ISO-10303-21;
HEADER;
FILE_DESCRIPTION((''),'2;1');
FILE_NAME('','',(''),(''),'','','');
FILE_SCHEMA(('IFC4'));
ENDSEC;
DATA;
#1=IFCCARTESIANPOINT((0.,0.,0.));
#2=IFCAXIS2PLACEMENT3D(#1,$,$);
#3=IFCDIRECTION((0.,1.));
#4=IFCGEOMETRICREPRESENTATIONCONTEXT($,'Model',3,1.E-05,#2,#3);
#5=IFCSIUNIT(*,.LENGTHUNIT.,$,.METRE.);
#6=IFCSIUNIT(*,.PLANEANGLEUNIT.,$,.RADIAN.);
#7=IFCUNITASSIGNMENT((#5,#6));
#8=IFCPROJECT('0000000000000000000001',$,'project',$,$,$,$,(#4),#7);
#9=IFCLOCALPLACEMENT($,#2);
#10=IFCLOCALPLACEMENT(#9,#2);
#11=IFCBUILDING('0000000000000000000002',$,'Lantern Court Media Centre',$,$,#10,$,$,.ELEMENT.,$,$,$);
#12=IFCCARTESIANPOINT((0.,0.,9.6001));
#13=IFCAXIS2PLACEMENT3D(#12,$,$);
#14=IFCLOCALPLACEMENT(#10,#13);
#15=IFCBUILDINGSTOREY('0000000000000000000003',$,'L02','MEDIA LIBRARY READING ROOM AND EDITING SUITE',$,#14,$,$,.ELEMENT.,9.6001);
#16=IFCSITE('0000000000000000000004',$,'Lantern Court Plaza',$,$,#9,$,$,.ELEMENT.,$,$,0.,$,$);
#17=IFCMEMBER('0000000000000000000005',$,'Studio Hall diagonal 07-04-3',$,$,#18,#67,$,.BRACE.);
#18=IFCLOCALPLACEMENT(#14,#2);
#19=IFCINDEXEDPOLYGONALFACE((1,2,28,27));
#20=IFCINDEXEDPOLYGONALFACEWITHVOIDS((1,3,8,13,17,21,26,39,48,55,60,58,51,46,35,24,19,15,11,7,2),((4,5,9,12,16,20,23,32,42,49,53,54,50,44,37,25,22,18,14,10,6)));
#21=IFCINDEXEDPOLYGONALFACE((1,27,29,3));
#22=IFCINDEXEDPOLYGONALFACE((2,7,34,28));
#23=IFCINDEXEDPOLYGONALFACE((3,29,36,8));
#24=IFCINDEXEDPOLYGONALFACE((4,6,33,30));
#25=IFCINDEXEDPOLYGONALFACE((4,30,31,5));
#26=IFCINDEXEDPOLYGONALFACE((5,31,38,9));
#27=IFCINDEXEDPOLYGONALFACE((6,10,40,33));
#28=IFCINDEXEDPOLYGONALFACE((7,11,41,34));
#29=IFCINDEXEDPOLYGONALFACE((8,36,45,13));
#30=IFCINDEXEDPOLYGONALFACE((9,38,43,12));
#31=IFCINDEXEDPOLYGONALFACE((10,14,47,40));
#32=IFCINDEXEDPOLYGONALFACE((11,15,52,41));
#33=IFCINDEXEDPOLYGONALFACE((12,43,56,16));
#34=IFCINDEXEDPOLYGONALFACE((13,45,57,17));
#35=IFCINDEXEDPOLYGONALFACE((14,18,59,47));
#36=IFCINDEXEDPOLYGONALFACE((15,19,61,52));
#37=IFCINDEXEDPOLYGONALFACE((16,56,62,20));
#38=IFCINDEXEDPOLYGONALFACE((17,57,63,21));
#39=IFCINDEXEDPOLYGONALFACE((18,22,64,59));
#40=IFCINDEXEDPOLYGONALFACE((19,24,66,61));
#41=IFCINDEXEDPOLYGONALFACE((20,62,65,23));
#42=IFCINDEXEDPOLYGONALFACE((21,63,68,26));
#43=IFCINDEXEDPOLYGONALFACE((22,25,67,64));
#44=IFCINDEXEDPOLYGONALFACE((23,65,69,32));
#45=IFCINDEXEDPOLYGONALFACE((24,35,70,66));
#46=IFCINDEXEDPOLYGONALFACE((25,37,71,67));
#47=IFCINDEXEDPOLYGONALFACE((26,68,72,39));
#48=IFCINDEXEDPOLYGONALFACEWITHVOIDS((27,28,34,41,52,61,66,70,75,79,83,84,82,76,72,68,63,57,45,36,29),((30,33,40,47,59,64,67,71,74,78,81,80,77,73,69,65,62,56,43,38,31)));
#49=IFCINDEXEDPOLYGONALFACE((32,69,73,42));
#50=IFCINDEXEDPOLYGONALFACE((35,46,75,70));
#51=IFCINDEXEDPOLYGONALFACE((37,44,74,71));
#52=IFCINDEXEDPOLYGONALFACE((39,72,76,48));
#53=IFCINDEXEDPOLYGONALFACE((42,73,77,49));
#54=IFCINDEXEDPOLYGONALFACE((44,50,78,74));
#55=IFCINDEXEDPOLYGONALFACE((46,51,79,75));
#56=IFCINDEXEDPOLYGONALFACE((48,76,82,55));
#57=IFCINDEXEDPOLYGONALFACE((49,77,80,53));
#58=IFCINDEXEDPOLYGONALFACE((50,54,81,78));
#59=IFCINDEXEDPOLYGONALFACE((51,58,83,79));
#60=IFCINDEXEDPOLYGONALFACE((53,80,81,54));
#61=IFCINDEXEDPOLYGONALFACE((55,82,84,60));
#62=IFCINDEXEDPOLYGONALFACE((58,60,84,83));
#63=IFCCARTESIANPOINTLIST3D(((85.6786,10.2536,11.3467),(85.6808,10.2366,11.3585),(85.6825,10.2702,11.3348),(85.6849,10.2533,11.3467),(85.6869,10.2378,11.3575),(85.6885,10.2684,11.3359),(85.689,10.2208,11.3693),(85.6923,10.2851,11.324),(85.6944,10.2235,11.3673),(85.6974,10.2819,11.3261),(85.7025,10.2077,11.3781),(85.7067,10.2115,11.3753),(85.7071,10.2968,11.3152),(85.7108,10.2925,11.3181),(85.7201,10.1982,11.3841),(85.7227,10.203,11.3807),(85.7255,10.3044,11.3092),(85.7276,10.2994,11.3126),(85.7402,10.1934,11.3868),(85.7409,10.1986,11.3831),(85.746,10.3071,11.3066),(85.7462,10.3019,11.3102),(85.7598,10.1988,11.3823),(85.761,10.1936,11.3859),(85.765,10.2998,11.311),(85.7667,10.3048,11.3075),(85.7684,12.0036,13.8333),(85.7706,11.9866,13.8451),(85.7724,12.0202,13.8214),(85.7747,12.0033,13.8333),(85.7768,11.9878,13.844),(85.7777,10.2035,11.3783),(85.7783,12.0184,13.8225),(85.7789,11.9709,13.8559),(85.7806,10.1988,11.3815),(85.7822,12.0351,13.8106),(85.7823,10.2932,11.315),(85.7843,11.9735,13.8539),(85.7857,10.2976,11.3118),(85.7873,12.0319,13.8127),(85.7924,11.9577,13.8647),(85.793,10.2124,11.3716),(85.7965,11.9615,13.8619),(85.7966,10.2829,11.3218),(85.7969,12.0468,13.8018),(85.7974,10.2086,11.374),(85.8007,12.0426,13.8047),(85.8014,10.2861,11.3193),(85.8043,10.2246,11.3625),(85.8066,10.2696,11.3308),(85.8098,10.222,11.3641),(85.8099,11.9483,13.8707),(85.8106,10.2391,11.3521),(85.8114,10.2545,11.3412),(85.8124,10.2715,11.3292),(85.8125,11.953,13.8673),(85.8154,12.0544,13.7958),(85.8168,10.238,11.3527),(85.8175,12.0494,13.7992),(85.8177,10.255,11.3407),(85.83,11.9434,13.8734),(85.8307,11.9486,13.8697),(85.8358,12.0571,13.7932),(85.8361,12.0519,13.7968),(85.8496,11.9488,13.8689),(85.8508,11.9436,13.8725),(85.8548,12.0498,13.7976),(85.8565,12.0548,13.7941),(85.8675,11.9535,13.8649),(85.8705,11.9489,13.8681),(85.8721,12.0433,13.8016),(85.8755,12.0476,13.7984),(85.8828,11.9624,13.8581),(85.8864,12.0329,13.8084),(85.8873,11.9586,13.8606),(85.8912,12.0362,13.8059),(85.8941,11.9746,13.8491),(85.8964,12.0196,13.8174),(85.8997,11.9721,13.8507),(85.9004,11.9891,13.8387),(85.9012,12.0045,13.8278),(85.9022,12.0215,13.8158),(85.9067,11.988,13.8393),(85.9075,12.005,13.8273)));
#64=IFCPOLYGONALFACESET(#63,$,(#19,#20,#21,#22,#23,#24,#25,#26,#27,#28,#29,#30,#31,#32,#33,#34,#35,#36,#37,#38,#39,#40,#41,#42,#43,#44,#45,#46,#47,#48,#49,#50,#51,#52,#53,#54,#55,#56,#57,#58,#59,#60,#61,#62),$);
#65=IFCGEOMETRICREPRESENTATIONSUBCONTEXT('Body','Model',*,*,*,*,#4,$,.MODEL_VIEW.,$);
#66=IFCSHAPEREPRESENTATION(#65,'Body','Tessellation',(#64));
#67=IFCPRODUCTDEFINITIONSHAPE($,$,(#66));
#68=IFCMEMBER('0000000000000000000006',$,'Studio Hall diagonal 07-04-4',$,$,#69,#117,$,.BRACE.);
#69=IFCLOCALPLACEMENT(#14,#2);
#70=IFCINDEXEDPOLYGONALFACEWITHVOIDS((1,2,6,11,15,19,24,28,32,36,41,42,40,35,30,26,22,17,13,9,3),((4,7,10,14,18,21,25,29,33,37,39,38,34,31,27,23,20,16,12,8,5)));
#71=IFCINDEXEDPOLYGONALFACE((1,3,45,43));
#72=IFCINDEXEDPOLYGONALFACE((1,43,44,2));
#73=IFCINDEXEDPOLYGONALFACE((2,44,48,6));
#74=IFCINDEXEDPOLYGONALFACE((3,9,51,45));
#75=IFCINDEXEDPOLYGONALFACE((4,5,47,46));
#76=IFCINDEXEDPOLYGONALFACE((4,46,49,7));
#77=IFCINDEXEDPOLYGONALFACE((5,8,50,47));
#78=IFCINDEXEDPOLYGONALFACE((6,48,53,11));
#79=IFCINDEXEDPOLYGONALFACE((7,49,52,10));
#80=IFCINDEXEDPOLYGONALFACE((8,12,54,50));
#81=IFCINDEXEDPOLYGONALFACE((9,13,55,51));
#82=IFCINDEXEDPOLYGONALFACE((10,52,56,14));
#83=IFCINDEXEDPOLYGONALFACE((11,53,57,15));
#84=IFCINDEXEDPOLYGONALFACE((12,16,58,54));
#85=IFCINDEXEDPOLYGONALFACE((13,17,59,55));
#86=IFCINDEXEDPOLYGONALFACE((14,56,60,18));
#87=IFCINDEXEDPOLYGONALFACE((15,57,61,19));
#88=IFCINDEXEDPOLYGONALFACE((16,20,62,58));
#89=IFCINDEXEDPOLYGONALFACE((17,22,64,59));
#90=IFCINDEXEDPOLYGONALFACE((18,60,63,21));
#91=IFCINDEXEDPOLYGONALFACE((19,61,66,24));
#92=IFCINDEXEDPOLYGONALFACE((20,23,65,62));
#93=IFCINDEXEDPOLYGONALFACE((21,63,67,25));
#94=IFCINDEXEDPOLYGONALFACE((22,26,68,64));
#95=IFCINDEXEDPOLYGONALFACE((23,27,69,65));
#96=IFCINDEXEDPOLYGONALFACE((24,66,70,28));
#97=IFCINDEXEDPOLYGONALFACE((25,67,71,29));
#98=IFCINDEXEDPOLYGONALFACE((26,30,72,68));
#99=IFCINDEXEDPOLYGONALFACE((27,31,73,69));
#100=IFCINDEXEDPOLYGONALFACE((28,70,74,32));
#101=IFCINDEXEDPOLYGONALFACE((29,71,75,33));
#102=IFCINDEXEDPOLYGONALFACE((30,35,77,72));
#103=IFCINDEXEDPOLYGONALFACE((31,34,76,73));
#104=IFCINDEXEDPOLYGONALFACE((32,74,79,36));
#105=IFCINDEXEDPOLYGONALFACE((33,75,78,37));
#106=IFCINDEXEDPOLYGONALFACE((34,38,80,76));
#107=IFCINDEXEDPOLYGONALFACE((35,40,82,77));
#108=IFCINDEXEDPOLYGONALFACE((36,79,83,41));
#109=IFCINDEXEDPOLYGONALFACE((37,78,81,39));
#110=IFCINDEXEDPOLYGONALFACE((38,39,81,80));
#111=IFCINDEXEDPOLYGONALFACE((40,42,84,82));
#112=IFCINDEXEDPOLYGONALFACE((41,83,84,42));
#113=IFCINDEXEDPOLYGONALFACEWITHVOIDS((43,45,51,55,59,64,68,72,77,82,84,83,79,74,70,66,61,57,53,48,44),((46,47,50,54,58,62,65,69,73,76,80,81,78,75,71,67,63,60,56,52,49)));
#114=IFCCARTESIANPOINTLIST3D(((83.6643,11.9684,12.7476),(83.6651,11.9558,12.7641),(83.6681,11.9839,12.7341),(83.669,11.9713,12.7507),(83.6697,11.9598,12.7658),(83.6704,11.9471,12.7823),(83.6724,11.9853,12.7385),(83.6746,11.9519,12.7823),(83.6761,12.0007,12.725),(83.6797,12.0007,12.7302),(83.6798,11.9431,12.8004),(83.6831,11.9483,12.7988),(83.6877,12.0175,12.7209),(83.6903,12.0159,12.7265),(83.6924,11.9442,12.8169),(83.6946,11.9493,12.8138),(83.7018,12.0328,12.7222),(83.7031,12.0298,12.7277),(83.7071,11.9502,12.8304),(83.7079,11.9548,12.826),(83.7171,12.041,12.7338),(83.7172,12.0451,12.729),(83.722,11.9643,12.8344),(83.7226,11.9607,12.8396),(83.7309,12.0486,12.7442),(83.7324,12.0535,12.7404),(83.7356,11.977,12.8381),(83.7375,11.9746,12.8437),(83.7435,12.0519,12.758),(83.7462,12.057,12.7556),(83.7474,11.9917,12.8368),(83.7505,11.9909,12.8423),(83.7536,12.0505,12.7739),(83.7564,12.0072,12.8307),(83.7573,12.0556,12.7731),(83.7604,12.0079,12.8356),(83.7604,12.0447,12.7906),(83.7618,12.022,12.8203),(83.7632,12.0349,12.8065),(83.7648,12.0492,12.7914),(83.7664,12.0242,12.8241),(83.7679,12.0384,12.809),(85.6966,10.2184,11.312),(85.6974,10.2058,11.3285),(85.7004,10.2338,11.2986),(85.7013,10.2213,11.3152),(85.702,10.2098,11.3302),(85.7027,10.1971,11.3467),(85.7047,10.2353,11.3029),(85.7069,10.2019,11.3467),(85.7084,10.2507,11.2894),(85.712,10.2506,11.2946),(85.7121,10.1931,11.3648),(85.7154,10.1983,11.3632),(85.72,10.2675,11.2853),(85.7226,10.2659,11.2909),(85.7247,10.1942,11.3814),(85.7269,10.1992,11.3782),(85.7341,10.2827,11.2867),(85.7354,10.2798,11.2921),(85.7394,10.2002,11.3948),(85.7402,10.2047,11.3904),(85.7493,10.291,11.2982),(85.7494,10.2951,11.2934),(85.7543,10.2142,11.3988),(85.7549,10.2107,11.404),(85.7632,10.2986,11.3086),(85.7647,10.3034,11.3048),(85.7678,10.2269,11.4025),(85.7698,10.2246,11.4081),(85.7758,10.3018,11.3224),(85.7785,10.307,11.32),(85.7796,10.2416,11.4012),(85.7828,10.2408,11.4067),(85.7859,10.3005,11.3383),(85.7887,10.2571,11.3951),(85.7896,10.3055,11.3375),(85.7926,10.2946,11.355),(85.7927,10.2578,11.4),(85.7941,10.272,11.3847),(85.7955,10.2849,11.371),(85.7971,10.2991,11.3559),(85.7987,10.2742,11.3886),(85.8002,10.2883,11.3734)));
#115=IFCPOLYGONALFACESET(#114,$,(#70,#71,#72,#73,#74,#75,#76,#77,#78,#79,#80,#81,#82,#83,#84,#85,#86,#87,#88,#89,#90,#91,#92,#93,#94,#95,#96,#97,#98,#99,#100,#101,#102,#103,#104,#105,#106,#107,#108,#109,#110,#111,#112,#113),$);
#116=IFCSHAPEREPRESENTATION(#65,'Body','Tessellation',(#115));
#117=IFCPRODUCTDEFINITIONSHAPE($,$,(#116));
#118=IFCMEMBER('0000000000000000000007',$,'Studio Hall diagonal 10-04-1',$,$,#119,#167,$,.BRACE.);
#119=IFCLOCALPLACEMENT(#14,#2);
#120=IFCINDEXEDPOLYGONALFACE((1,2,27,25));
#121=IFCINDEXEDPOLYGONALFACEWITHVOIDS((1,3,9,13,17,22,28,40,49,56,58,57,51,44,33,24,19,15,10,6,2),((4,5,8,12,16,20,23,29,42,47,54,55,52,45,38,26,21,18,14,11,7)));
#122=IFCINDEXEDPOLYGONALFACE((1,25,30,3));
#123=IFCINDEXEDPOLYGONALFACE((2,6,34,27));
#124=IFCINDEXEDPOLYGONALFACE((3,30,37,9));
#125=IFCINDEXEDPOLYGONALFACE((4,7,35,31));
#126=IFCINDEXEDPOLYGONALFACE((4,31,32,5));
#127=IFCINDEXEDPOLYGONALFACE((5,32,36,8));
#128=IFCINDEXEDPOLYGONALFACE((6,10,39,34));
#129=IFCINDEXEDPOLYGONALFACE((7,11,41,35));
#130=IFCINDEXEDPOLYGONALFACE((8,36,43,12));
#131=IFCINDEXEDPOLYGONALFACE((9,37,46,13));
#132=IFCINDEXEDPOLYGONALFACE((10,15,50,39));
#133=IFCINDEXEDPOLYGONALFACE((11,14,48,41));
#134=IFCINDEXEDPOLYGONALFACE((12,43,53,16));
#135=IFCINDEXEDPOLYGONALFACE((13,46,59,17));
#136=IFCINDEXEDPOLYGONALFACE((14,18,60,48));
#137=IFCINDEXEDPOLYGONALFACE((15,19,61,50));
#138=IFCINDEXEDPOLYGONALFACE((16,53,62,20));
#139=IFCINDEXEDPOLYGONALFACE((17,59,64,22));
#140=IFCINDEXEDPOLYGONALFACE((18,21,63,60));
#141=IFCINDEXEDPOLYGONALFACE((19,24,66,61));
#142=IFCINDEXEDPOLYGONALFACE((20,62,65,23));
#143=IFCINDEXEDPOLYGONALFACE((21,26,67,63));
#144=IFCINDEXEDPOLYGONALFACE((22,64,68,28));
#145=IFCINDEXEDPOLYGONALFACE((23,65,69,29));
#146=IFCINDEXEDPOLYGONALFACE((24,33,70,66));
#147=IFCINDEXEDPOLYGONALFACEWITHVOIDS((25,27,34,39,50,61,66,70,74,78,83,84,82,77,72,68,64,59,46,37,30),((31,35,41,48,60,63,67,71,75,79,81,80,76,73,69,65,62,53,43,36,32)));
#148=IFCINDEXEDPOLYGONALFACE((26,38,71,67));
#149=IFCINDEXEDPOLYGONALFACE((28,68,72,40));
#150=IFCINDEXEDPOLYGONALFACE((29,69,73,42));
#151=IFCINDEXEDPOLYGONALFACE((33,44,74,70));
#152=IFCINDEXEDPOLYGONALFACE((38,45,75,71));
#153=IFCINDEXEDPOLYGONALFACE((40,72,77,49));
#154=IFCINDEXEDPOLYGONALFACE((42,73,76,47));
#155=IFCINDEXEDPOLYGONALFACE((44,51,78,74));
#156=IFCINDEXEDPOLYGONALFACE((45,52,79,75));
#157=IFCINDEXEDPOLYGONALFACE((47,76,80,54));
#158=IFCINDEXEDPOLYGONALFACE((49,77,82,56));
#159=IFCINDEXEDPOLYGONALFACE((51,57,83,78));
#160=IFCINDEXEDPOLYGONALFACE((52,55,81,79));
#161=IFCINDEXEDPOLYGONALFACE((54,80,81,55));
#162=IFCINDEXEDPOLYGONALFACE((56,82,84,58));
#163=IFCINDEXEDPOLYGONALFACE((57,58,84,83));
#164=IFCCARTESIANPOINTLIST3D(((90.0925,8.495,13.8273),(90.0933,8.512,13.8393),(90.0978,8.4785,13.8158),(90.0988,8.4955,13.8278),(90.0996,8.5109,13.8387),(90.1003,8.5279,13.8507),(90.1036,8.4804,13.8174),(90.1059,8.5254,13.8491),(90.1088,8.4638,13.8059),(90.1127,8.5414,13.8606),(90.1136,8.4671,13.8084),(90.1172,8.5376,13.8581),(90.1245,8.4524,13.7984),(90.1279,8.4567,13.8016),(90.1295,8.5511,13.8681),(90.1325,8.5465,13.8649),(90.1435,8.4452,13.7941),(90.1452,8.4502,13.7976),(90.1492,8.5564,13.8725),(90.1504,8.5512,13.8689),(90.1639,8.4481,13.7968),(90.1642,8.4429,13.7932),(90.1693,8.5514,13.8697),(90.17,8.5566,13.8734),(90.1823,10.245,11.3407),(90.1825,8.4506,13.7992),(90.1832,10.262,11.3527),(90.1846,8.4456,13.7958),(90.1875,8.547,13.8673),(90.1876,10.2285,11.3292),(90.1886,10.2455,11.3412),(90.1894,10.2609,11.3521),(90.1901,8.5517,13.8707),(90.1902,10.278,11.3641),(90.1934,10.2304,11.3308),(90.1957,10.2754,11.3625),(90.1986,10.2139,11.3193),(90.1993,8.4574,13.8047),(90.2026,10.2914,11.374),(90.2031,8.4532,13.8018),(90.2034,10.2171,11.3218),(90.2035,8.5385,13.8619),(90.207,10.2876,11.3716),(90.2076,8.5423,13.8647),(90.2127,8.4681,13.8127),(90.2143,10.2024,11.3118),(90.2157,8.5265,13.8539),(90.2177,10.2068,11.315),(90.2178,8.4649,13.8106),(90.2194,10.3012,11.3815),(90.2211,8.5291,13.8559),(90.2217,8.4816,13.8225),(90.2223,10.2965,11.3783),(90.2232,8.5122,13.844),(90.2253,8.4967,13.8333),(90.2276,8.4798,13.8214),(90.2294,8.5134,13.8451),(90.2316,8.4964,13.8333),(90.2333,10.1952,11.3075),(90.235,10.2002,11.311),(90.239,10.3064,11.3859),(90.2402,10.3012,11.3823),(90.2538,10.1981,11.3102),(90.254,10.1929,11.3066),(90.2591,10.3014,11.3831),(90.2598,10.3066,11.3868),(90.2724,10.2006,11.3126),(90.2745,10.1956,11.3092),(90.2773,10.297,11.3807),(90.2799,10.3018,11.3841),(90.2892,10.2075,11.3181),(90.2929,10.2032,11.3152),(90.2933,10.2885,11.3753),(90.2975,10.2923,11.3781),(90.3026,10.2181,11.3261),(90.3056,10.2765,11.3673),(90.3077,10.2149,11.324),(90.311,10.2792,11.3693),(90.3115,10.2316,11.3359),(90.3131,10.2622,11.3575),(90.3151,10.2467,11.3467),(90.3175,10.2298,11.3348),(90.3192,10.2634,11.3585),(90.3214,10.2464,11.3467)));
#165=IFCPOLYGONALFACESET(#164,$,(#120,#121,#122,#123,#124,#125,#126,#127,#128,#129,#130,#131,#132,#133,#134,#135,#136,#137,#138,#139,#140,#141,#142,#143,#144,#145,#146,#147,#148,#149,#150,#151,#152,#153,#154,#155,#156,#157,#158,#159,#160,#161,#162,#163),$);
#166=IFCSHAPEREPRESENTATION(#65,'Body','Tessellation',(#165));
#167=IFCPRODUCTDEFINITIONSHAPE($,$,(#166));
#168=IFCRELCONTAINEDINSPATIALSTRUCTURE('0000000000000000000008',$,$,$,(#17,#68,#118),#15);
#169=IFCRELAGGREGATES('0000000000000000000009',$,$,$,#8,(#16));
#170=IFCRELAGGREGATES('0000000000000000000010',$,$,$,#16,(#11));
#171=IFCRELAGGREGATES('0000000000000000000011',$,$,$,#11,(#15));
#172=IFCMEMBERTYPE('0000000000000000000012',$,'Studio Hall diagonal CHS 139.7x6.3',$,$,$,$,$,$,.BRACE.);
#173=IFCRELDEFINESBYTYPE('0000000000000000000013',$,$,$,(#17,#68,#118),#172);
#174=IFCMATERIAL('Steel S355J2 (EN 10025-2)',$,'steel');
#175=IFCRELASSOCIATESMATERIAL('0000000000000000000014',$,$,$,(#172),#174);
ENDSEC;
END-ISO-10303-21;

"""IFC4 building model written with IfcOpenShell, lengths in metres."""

from ifc_helpers import new_model, si_unit, direction, frame, origin, origin_2d, place, context, subcontext, project, spatial, hollow_circle, extrude, material, material_profile, profile_set, type_object, element, save


model = new_model("IFC4")

# Units and contexts
model_context = context("Model", 3, precision=1e-05, world=origin(), true_north=direction((0.0, 1.0)))
body_context = subcontext(model_context, "Body", "Model", "MODEL_VIEW")
ifc_project = project(units=[si_unit("LENGTHUNIT", "METRE"), si_unit("PLANEANGLEUNIT", "RADIAN")], contexts=[model_context])

# Site, building, storey
site_placement = place(None, origin())
site = spatial("IfcSite", under=ifc_project, at=site_placement, Name="Lantern Court Plaza", CompositionType="ELEMENT", RefElevation=0.0)
building_placement = place(site_placement, origin())
building = spatial("IfcBuilding", under=site, at=building_placement, Name="Lantern Court Media Centre", CompositionType="ELEMENT")
storey_placement = place(building_placement, frame((0.0, 0.0, 9.6001)))
storey = spatial("IfcBuildingStorey", under=building, at=storey_placement, Name="L02", Description="MEDIA LIBRARY READING ROOM AND EDITING SUITE", CompositionType="ELEMENT", Elevation=9.6001)

# Members
ifc_material = material(Name="Steel S355J2 (EN 10025-2)", Category="steel")
ifc_material_profile_1 = material_profile(ifc_material, hollow_circle(Radius=0.0698, WallThickness=0.0063, at=origin_2d()), Name="Studio Hall diagonal CHS 139.7x6.3")
ifc_profile_set_1 = profile_set([ifc_material_profile_1], Name="Steel S355J2 (EN 10025-2)")
member_type_1 = type_object("IfcMemberType", Name="Studio Hall diagonal CHS 139.7x6.3", PredefinedType="BRACE", material=ifc_profile_set_1)
for number, where, z_axis, x_axis, name in (
    (1, (85.7483, 10.25, 11.3467), (0.029535, 0.575284, 0.81742), (-0.998685, 0.051272, 0.0), "Studio Hall diagonal 07-04-3"),
    (2, (85.7483, 10.25, 11.3467), (-0.668075, 0.575296, 0.471922), (-0.652529, -0.757764, 0.0), "Studio Hall diagonal 07-04-4"),
    (3, (90.2517, 10.25, 11.3467), (-0.029535, -0.575284, 0.81742), (0.998685, -0.051272, 0.0), "Studio Hall diagonal 10-04-1"),
):
    element("IfcMember", number, at=place(storey_placement, frame(where, z_axis=z_axis, x_axis=x_axis)), inside=storey, type_object=member_type_1, Name=name, PredefinedType="BRACE", context=body_context, shape_type="SweptSolid", body=[
        extrude(hollow_circle(Radius=0.0698, WallThickness=0.0063, at=origin_2d()), origin(), (0.0, 0.0, 1.0), 3.042),
    ])

save(model, "model.ifc")
